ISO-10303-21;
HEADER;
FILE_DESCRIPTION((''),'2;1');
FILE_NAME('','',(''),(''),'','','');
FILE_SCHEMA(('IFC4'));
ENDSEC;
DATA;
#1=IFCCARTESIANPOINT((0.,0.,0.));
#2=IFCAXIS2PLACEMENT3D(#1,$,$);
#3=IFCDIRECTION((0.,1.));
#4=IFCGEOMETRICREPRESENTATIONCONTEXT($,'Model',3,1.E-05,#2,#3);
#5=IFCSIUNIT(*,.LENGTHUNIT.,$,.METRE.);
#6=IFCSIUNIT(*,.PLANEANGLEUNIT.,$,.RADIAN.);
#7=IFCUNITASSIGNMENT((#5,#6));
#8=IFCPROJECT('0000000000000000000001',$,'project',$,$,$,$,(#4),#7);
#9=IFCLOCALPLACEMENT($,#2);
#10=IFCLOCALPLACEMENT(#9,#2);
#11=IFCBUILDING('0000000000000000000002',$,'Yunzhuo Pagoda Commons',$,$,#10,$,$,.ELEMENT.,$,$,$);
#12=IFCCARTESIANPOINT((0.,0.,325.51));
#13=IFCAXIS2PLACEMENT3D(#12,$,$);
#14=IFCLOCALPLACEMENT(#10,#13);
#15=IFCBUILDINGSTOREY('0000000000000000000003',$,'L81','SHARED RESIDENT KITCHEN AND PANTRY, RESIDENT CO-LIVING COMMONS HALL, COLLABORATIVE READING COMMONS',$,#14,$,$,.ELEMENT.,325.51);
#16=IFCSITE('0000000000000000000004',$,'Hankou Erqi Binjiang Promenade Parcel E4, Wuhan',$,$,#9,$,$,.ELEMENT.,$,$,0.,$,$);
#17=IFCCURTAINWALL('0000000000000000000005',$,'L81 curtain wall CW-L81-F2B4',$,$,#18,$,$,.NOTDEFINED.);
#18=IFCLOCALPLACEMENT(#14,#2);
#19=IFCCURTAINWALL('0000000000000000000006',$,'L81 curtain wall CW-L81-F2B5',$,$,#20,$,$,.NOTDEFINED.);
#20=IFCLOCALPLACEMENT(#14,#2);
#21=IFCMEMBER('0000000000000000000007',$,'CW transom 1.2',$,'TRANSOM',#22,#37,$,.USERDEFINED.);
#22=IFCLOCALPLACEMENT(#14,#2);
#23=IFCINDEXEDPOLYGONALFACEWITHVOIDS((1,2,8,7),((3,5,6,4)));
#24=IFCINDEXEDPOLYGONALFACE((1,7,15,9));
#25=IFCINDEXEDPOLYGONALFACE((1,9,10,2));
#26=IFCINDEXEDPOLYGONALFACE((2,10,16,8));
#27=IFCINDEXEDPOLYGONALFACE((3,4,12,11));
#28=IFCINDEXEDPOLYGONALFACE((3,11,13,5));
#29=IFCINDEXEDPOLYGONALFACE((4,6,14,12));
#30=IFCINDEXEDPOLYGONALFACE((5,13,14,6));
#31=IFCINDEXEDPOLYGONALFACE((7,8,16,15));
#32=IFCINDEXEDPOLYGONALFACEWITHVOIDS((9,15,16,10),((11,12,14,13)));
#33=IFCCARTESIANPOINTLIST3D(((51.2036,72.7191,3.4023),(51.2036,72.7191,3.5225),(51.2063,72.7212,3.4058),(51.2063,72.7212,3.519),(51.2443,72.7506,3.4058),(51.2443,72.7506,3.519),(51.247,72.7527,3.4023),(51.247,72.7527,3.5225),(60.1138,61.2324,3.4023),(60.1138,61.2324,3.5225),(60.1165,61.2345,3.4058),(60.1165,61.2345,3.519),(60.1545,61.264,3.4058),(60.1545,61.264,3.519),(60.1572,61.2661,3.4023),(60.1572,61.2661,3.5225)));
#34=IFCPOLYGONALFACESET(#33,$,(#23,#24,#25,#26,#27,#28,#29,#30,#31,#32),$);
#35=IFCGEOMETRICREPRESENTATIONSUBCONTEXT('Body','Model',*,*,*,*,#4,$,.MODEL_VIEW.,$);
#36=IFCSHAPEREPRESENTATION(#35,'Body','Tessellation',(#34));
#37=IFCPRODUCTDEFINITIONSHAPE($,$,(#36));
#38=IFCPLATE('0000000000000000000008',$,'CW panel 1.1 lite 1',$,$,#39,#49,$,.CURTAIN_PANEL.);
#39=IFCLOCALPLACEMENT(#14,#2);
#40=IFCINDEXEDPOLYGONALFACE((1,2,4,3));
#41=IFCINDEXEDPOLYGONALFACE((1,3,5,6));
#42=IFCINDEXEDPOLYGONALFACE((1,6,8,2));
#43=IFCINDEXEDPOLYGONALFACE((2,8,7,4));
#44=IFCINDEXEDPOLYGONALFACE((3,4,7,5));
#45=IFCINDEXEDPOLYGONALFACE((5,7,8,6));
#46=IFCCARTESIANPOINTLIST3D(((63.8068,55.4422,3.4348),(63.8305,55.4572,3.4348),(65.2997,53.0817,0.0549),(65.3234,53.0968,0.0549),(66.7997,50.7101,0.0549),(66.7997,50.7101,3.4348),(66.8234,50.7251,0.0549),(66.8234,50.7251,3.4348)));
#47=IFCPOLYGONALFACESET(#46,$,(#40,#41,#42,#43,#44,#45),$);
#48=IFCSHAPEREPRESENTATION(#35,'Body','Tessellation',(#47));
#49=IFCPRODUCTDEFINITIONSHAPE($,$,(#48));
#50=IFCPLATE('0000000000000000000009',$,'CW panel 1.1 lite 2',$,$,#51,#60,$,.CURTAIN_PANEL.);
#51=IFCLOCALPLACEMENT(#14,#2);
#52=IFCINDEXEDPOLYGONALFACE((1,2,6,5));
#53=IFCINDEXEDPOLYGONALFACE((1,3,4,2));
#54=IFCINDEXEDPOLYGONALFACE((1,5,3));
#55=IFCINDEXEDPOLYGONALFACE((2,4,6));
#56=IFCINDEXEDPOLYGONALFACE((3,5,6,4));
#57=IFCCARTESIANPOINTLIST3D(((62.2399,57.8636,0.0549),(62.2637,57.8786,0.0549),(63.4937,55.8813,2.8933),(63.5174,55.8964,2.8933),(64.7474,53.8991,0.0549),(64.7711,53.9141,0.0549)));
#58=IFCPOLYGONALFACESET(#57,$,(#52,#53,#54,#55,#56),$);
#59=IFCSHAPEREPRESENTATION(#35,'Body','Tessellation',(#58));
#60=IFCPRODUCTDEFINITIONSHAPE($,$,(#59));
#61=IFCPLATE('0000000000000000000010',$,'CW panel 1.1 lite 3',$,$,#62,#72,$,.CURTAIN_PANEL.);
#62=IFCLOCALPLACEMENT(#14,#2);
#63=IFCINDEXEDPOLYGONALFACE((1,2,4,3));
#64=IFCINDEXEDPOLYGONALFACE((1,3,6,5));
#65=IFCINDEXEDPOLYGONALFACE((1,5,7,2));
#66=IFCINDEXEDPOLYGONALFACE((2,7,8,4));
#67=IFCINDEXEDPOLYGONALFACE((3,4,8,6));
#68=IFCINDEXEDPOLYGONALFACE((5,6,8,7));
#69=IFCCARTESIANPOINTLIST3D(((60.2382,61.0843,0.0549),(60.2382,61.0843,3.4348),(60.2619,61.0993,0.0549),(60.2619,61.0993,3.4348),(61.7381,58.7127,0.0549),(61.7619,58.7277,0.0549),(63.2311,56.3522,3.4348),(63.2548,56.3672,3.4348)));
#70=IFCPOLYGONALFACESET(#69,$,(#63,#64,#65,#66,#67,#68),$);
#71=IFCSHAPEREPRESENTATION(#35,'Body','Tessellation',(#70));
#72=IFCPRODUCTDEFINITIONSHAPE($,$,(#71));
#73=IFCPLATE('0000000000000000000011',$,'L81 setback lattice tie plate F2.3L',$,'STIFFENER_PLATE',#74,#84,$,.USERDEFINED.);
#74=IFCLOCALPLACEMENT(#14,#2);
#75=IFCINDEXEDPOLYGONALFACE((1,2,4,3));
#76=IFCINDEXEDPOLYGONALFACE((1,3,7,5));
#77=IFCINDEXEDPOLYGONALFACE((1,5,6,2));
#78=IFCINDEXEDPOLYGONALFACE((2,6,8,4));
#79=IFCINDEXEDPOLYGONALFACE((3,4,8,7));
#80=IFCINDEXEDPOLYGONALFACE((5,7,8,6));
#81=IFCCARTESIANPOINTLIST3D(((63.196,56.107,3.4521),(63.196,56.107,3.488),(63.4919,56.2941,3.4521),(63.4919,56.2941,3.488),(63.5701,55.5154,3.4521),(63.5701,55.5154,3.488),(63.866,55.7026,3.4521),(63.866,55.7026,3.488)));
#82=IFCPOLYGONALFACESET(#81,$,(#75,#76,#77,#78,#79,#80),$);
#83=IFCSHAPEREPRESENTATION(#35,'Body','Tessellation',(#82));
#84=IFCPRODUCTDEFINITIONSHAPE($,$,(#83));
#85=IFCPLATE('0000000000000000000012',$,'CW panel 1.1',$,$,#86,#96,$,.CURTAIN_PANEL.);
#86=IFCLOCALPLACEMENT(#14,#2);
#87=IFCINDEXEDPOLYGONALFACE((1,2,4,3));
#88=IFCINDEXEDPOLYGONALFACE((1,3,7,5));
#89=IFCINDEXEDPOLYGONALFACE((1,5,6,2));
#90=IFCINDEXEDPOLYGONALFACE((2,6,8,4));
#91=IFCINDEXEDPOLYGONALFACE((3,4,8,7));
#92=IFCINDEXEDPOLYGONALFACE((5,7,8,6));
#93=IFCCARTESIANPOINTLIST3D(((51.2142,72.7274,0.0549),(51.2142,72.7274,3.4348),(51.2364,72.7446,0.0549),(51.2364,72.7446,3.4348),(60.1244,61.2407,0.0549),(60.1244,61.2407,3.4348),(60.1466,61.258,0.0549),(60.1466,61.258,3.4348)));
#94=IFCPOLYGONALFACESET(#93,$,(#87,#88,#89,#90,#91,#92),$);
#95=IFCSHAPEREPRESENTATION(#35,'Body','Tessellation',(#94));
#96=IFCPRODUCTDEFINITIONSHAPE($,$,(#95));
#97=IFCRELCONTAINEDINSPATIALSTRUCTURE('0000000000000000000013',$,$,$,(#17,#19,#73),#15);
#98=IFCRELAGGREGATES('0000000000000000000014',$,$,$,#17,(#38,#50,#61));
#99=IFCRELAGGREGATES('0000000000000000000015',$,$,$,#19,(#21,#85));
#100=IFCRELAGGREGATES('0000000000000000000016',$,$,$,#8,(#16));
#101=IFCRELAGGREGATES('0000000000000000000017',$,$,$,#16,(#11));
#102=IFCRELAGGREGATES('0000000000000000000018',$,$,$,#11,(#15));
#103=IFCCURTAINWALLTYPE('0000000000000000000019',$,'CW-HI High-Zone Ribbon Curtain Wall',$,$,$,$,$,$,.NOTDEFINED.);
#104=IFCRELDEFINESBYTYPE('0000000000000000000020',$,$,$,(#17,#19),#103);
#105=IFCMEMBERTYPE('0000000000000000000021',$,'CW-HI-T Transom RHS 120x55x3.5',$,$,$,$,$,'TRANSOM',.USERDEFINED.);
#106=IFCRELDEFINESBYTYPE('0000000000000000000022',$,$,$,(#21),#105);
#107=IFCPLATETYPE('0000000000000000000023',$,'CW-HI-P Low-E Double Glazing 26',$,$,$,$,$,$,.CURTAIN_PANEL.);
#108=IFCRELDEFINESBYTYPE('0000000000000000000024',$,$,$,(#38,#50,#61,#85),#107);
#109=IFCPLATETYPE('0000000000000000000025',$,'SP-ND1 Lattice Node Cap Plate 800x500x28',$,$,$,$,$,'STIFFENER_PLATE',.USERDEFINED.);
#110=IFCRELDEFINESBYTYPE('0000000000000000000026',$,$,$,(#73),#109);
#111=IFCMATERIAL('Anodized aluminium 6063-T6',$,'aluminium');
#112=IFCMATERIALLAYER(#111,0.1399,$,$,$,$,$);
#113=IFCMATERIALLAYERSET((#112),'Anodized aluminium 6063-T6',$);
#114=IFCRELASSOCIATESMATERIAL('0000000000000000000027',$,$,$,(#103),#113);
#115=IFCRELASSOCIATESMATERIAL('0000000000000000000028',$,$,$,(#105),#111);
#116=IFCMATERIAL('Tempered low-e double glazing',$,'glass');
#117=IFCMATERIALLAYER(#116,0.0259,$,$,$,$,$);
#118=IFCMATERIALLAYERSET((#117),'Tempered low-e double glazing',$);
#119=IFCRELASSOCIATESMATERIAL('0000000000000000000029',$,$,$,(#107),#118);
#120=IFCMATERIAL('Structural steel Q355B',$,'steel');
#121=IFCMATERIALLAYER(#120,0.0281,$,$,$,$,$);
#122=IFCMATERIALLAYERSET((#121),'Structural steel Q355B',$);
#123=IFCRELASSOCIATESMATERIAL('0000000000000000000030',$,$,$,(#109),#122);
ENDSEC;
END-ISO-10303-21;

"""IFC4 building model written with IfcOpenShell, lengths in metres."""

from ifc_helpers import new_model, si_unit, direction, frame, origin, origin_2d, place, context, subcontext, project, spatial, polyline, rectangle, hollow_rectangle, outline, extrude, source, transform, mapped, material, layer, layer_set, material_profile, profile_set, type_object, element, aggregate, save


model = new_model("IFC4")

# Units and contexts
model_context = context("Model", 3, precision=1e-05, world=origin(), true_north=direction((0.0, 1.0)))
body_context = subcontext(model_context, "Body", "Model", "MODEL_VIEW")
ifc_project = project(units=[si_unit("LENGTHUNIT", "METRE"), si_unit("PLANEANGLEUNIT", "RADIAN")], contexts=[model_context])

# Site, building, storey
site_placement = place(None, origin())
site = spatial("IfcSite", under=ifc_project, at=site_placement, Name="Hankou Erqi Binjiang Promenade Parcel E4, Wuhan", CompositionType="ELEMENT", RefElevation=0.0)
building_placement = place(site_placement, origin())
building = spatial("IfcBuilding", under=site, at=building_placement, Name="Yunzhuo Pagoda Commons", CompositionType="ELEMENT")
storey_placement = place(building_placement, frame((0.0, 0.0, 325.51)))
storey = spatial("IfcBuildingStorey", under=building, at=storey_placement, Name="L81", Description="SHARED RESIDENT KITCHEN AND PANTRY, RESIDENT CO-LIVING COMMONS HALL, COLLABORATIVE READING COMMONS", CompositionType="ELEMENT", Elevation=325.51)

# Shared definitions
ifc_material_1 = material(Name="Structural steel Q355B", Category="steel")

# Curtain wall
ifc_material_2 = material(Name="Anodized aluminium 6063-T6", Category="aluminium")
ifc_layer_1 = layer(ifc_material_2, 0.1399)
ifc_layer_set_1 = layer_set([ifc_layer_1], Name="Anodized aluminium 6063-T6")
curtain_wall_type = type_object("IfcCurtainWallType", Name="CW-HI High-Zone Ribbon Curtain Wall", PredefinedType="NOTDEFINED", material=ifc_layer_set_1)
curtain_wall_1_placement = place(storey_placement, origin())
curtain_wall_1 = element("IfcCurtainWall", 1, at=curtain_wall_1_placement, inside=storey, type_object=curtain_wall_type, Name="L81 curtain wall CW-L81-F2B4", PredefinedType="NOTDEFINED")

# Curtain wall, member
curtain_wall_2_placement = place(storey_placement, origin())
curtain_wall_2 = element("IfcCurtainWall", 2, at=curtain_wall_2_placement, inside=storey, type_object=curtain_wall_type, Name="L81 curtain wall CW-L81-F2B5", PredefinedType="NOTDEFINED")
ifc_material_profile_1 = material_profile(ifc_material_2, hollow_rectangle(XDim=0.0549, YDim=0.1201, WallThickness=0.0034, at=origin_2d()), Name="Anodized aluminium 6063-T6")
ifc_profile_set_1 = profile_set([ifc_material_profile_1], Name="Anodized aluminium 6063-T6")
member_type_1 = type_object("IfcMemberType", Name="CW-HI-T Transom RHS 120x55x3.5", ElementType="TRANSOM", PredefinedType="USERDEFINED", material=ifc_profile_set_1)
shared_shape_1 = source(origin(), body_context, "Body", "SweptSolid", [
    extrude(hollow_rectangle(XDim=0.0549, YDim=0.1201, WallThickness=0.0034, at=origin_2d()), origin(), (0.0, 0.0, 1.0), 14.5374),
])
member_1_placement = place(storey_placement, frame((60.1355, 61.2493, 3.4624), z_axis=(-0.612918, 0.790146, 0.0), x_axis=(-0.790146, -0.612918, 0.0)))
member_1 = element("IfcMember", 3, at=member_1_placement, type_object=member_type_1, Name="CW transom 1.2", ObjectType="TRANSOM", PredefinedType="USERDEFINED", context=body_context, shape_type="MappedRepresentation", body=[
    mapped(shared_shape_1, transform((0.0, 0.0, 0.0), scale=1.0)),
])

# Plates
ifc_material_3 = material(Name="Tempered low-e double glazing", Category="glass")
ifc_layer_2 = layer(ifc_material_3, 0.0259)
ifc_layer_set_2 = layer_set([ifc_layer_2], Name="Tempered low-e double glazing")
plate_type_1 = type_object("IfcPlateType", Name="CW-HI-P Low-E Double Glazing 26", PredefinedType="CURTAIN_PANEL", material=ifc_layer_set_2)
plate_1_placement = place(storey_placement, frame((65.3032, 53.0762, 1.7449), z_axis=(0.845149, 0.534531, 0.0), x_axis=(-0.534531, 0.845149, 0.0)))
plate_1 = element("IfcPlate", 4, at=plate_1_placement, type_object=plate_type_1, Name="CW panel 1.1 lite 1", PredefinedType="CURTAIN_PANEL", context=body_context, shape_type="SweptSolid", body=[
    extrude(outline(polyline([(-2.7996, -1.6899), (0.0066, -1.6899), (2.7996, 1.6899), (-2.7996, 1.6899), (-2.7996, -1.6899)])), origin(), (0.0, 0.0, 1.0), 0.0281),
])
plate_2_placement = place(storey_placement, frame((63.4937, 55.8813, 1.4741), z_axis=(0.845149, 0.534531, 0.0), x_axis=(-0.534531, 0.845149, 0.0)))
plate_2 = element("IfcPlate", 5, at=plate_2_placement, type_object=plate_type_1, Name="CW panel 1.1 lite 2", PredefinedType="CURTAIN_PANEL", context=body_context, shape_type="SweptSolid", body=[
    extrude(outline(polyline([(-2.3455, -1.4192), (2.3455, -1.4192), (0.0, 1.4192), (-2.3455, -1.4192)])), origin(), (0.0, 0.0, 1.0), 0.0281),
])
plate_3_placement = place(storey_placement, frame((61.7346, 58.7183, 1.7449), z_axis=(0.845149, 0.534531, 0.0), x_axis=(-0.534531, 0.845149, 0.0)))
plate_3 = element("IfcPlate", 6, at=plate_3_placement, type_object=plate_type_1, Name="CW panel 1.1 lite 3", PredefinedType="CURTAIN_PANEL", context=body_context, shape_type="SweptSolid", body=[
    extrude(outline(polyline([(-2.7996, 1.6899), (-0.0066, -1.6899), (2.7996, -1.6899), (2.7996, 1.6899), (-2.7996, 1.6899)])), origin(), (0.0, 0.0, 1.0), 0.0281),
])
aggregate(curtain_wall_1, [plate_1, plate_2, plate_3])
ifc_layer_3 = layer(ifc_material_1, 0.0281)
ifc_layer_set_3 = layer_set([ifc_layer_3], Name="Structural steel Q355B")
plate_type_2 = type_object("IfcPlateType", Name="SP-ND1 Lattice Node Cap Plate 800x500x28", ElementType="STIFFENER_PLATE", PredefinedType="USERDEFINED", material=ifc_layer_set_3)
shared_shape_2 = source(origin(), body_context, "Body", "SweptSolid", [
    extrude(rectangle(XDim=0.7, YDim=0.3501, at=origin_2d()), origin(), (0.0, 0.0, 1.0), 0.0359),
])
plate_4_placement = place(storey_placement, frame((63.531, 55.9048, 3.4521), z_axis=(0.0, 0.0, 1.0), x_axis=(-0.534529, 0.84515, 0.0)))
element("IfcPlate", 7, at=plate_4_placement, inside=storey, type_object=plate_type_2, Name="L81 setback lattice tie plate F2.3L", ObjectType="STIFFENER_PLATE", PredefinedType="USERDEFINED", context=body_context, shape_type="MappedRepresentation", body=[
    mapped(shared_shape_2, transform((0.0, 0.0, 0.0), scale=1.0)),
])
shared_shape_3 = source(origin(), body_context, "Body", "SweptSolid", [
    extrude(rectangle(XDim=14.5374, YDim=0.0281, at=origin_2d()), origin(), (0.0, 0.0, 1.0), 3.3799),
])
plate_5_placement = place(storey_placement, frame((55.6804, 66.9927, 0.0549), z_axis=(0.0, 0.0, 1.0), x_axis=(-0.612918, 0.790147, 0.0)))
plate_5 = element("IfcPlate", 8, at=plate_5_placement, type_object=plate_type_1, Name="CW panel 1.1", PredefinedType="CURTAIN_PANEL", context=body_context, shape_type="MappedRepresentation", body=[
    mapped(shared_shape_3, transform((0.0, 0.0, 0.0), scale=1.0)),
])
aggregate(curtain_wall_2, [member_1, plate_5])

save(model, "model.ifc")
